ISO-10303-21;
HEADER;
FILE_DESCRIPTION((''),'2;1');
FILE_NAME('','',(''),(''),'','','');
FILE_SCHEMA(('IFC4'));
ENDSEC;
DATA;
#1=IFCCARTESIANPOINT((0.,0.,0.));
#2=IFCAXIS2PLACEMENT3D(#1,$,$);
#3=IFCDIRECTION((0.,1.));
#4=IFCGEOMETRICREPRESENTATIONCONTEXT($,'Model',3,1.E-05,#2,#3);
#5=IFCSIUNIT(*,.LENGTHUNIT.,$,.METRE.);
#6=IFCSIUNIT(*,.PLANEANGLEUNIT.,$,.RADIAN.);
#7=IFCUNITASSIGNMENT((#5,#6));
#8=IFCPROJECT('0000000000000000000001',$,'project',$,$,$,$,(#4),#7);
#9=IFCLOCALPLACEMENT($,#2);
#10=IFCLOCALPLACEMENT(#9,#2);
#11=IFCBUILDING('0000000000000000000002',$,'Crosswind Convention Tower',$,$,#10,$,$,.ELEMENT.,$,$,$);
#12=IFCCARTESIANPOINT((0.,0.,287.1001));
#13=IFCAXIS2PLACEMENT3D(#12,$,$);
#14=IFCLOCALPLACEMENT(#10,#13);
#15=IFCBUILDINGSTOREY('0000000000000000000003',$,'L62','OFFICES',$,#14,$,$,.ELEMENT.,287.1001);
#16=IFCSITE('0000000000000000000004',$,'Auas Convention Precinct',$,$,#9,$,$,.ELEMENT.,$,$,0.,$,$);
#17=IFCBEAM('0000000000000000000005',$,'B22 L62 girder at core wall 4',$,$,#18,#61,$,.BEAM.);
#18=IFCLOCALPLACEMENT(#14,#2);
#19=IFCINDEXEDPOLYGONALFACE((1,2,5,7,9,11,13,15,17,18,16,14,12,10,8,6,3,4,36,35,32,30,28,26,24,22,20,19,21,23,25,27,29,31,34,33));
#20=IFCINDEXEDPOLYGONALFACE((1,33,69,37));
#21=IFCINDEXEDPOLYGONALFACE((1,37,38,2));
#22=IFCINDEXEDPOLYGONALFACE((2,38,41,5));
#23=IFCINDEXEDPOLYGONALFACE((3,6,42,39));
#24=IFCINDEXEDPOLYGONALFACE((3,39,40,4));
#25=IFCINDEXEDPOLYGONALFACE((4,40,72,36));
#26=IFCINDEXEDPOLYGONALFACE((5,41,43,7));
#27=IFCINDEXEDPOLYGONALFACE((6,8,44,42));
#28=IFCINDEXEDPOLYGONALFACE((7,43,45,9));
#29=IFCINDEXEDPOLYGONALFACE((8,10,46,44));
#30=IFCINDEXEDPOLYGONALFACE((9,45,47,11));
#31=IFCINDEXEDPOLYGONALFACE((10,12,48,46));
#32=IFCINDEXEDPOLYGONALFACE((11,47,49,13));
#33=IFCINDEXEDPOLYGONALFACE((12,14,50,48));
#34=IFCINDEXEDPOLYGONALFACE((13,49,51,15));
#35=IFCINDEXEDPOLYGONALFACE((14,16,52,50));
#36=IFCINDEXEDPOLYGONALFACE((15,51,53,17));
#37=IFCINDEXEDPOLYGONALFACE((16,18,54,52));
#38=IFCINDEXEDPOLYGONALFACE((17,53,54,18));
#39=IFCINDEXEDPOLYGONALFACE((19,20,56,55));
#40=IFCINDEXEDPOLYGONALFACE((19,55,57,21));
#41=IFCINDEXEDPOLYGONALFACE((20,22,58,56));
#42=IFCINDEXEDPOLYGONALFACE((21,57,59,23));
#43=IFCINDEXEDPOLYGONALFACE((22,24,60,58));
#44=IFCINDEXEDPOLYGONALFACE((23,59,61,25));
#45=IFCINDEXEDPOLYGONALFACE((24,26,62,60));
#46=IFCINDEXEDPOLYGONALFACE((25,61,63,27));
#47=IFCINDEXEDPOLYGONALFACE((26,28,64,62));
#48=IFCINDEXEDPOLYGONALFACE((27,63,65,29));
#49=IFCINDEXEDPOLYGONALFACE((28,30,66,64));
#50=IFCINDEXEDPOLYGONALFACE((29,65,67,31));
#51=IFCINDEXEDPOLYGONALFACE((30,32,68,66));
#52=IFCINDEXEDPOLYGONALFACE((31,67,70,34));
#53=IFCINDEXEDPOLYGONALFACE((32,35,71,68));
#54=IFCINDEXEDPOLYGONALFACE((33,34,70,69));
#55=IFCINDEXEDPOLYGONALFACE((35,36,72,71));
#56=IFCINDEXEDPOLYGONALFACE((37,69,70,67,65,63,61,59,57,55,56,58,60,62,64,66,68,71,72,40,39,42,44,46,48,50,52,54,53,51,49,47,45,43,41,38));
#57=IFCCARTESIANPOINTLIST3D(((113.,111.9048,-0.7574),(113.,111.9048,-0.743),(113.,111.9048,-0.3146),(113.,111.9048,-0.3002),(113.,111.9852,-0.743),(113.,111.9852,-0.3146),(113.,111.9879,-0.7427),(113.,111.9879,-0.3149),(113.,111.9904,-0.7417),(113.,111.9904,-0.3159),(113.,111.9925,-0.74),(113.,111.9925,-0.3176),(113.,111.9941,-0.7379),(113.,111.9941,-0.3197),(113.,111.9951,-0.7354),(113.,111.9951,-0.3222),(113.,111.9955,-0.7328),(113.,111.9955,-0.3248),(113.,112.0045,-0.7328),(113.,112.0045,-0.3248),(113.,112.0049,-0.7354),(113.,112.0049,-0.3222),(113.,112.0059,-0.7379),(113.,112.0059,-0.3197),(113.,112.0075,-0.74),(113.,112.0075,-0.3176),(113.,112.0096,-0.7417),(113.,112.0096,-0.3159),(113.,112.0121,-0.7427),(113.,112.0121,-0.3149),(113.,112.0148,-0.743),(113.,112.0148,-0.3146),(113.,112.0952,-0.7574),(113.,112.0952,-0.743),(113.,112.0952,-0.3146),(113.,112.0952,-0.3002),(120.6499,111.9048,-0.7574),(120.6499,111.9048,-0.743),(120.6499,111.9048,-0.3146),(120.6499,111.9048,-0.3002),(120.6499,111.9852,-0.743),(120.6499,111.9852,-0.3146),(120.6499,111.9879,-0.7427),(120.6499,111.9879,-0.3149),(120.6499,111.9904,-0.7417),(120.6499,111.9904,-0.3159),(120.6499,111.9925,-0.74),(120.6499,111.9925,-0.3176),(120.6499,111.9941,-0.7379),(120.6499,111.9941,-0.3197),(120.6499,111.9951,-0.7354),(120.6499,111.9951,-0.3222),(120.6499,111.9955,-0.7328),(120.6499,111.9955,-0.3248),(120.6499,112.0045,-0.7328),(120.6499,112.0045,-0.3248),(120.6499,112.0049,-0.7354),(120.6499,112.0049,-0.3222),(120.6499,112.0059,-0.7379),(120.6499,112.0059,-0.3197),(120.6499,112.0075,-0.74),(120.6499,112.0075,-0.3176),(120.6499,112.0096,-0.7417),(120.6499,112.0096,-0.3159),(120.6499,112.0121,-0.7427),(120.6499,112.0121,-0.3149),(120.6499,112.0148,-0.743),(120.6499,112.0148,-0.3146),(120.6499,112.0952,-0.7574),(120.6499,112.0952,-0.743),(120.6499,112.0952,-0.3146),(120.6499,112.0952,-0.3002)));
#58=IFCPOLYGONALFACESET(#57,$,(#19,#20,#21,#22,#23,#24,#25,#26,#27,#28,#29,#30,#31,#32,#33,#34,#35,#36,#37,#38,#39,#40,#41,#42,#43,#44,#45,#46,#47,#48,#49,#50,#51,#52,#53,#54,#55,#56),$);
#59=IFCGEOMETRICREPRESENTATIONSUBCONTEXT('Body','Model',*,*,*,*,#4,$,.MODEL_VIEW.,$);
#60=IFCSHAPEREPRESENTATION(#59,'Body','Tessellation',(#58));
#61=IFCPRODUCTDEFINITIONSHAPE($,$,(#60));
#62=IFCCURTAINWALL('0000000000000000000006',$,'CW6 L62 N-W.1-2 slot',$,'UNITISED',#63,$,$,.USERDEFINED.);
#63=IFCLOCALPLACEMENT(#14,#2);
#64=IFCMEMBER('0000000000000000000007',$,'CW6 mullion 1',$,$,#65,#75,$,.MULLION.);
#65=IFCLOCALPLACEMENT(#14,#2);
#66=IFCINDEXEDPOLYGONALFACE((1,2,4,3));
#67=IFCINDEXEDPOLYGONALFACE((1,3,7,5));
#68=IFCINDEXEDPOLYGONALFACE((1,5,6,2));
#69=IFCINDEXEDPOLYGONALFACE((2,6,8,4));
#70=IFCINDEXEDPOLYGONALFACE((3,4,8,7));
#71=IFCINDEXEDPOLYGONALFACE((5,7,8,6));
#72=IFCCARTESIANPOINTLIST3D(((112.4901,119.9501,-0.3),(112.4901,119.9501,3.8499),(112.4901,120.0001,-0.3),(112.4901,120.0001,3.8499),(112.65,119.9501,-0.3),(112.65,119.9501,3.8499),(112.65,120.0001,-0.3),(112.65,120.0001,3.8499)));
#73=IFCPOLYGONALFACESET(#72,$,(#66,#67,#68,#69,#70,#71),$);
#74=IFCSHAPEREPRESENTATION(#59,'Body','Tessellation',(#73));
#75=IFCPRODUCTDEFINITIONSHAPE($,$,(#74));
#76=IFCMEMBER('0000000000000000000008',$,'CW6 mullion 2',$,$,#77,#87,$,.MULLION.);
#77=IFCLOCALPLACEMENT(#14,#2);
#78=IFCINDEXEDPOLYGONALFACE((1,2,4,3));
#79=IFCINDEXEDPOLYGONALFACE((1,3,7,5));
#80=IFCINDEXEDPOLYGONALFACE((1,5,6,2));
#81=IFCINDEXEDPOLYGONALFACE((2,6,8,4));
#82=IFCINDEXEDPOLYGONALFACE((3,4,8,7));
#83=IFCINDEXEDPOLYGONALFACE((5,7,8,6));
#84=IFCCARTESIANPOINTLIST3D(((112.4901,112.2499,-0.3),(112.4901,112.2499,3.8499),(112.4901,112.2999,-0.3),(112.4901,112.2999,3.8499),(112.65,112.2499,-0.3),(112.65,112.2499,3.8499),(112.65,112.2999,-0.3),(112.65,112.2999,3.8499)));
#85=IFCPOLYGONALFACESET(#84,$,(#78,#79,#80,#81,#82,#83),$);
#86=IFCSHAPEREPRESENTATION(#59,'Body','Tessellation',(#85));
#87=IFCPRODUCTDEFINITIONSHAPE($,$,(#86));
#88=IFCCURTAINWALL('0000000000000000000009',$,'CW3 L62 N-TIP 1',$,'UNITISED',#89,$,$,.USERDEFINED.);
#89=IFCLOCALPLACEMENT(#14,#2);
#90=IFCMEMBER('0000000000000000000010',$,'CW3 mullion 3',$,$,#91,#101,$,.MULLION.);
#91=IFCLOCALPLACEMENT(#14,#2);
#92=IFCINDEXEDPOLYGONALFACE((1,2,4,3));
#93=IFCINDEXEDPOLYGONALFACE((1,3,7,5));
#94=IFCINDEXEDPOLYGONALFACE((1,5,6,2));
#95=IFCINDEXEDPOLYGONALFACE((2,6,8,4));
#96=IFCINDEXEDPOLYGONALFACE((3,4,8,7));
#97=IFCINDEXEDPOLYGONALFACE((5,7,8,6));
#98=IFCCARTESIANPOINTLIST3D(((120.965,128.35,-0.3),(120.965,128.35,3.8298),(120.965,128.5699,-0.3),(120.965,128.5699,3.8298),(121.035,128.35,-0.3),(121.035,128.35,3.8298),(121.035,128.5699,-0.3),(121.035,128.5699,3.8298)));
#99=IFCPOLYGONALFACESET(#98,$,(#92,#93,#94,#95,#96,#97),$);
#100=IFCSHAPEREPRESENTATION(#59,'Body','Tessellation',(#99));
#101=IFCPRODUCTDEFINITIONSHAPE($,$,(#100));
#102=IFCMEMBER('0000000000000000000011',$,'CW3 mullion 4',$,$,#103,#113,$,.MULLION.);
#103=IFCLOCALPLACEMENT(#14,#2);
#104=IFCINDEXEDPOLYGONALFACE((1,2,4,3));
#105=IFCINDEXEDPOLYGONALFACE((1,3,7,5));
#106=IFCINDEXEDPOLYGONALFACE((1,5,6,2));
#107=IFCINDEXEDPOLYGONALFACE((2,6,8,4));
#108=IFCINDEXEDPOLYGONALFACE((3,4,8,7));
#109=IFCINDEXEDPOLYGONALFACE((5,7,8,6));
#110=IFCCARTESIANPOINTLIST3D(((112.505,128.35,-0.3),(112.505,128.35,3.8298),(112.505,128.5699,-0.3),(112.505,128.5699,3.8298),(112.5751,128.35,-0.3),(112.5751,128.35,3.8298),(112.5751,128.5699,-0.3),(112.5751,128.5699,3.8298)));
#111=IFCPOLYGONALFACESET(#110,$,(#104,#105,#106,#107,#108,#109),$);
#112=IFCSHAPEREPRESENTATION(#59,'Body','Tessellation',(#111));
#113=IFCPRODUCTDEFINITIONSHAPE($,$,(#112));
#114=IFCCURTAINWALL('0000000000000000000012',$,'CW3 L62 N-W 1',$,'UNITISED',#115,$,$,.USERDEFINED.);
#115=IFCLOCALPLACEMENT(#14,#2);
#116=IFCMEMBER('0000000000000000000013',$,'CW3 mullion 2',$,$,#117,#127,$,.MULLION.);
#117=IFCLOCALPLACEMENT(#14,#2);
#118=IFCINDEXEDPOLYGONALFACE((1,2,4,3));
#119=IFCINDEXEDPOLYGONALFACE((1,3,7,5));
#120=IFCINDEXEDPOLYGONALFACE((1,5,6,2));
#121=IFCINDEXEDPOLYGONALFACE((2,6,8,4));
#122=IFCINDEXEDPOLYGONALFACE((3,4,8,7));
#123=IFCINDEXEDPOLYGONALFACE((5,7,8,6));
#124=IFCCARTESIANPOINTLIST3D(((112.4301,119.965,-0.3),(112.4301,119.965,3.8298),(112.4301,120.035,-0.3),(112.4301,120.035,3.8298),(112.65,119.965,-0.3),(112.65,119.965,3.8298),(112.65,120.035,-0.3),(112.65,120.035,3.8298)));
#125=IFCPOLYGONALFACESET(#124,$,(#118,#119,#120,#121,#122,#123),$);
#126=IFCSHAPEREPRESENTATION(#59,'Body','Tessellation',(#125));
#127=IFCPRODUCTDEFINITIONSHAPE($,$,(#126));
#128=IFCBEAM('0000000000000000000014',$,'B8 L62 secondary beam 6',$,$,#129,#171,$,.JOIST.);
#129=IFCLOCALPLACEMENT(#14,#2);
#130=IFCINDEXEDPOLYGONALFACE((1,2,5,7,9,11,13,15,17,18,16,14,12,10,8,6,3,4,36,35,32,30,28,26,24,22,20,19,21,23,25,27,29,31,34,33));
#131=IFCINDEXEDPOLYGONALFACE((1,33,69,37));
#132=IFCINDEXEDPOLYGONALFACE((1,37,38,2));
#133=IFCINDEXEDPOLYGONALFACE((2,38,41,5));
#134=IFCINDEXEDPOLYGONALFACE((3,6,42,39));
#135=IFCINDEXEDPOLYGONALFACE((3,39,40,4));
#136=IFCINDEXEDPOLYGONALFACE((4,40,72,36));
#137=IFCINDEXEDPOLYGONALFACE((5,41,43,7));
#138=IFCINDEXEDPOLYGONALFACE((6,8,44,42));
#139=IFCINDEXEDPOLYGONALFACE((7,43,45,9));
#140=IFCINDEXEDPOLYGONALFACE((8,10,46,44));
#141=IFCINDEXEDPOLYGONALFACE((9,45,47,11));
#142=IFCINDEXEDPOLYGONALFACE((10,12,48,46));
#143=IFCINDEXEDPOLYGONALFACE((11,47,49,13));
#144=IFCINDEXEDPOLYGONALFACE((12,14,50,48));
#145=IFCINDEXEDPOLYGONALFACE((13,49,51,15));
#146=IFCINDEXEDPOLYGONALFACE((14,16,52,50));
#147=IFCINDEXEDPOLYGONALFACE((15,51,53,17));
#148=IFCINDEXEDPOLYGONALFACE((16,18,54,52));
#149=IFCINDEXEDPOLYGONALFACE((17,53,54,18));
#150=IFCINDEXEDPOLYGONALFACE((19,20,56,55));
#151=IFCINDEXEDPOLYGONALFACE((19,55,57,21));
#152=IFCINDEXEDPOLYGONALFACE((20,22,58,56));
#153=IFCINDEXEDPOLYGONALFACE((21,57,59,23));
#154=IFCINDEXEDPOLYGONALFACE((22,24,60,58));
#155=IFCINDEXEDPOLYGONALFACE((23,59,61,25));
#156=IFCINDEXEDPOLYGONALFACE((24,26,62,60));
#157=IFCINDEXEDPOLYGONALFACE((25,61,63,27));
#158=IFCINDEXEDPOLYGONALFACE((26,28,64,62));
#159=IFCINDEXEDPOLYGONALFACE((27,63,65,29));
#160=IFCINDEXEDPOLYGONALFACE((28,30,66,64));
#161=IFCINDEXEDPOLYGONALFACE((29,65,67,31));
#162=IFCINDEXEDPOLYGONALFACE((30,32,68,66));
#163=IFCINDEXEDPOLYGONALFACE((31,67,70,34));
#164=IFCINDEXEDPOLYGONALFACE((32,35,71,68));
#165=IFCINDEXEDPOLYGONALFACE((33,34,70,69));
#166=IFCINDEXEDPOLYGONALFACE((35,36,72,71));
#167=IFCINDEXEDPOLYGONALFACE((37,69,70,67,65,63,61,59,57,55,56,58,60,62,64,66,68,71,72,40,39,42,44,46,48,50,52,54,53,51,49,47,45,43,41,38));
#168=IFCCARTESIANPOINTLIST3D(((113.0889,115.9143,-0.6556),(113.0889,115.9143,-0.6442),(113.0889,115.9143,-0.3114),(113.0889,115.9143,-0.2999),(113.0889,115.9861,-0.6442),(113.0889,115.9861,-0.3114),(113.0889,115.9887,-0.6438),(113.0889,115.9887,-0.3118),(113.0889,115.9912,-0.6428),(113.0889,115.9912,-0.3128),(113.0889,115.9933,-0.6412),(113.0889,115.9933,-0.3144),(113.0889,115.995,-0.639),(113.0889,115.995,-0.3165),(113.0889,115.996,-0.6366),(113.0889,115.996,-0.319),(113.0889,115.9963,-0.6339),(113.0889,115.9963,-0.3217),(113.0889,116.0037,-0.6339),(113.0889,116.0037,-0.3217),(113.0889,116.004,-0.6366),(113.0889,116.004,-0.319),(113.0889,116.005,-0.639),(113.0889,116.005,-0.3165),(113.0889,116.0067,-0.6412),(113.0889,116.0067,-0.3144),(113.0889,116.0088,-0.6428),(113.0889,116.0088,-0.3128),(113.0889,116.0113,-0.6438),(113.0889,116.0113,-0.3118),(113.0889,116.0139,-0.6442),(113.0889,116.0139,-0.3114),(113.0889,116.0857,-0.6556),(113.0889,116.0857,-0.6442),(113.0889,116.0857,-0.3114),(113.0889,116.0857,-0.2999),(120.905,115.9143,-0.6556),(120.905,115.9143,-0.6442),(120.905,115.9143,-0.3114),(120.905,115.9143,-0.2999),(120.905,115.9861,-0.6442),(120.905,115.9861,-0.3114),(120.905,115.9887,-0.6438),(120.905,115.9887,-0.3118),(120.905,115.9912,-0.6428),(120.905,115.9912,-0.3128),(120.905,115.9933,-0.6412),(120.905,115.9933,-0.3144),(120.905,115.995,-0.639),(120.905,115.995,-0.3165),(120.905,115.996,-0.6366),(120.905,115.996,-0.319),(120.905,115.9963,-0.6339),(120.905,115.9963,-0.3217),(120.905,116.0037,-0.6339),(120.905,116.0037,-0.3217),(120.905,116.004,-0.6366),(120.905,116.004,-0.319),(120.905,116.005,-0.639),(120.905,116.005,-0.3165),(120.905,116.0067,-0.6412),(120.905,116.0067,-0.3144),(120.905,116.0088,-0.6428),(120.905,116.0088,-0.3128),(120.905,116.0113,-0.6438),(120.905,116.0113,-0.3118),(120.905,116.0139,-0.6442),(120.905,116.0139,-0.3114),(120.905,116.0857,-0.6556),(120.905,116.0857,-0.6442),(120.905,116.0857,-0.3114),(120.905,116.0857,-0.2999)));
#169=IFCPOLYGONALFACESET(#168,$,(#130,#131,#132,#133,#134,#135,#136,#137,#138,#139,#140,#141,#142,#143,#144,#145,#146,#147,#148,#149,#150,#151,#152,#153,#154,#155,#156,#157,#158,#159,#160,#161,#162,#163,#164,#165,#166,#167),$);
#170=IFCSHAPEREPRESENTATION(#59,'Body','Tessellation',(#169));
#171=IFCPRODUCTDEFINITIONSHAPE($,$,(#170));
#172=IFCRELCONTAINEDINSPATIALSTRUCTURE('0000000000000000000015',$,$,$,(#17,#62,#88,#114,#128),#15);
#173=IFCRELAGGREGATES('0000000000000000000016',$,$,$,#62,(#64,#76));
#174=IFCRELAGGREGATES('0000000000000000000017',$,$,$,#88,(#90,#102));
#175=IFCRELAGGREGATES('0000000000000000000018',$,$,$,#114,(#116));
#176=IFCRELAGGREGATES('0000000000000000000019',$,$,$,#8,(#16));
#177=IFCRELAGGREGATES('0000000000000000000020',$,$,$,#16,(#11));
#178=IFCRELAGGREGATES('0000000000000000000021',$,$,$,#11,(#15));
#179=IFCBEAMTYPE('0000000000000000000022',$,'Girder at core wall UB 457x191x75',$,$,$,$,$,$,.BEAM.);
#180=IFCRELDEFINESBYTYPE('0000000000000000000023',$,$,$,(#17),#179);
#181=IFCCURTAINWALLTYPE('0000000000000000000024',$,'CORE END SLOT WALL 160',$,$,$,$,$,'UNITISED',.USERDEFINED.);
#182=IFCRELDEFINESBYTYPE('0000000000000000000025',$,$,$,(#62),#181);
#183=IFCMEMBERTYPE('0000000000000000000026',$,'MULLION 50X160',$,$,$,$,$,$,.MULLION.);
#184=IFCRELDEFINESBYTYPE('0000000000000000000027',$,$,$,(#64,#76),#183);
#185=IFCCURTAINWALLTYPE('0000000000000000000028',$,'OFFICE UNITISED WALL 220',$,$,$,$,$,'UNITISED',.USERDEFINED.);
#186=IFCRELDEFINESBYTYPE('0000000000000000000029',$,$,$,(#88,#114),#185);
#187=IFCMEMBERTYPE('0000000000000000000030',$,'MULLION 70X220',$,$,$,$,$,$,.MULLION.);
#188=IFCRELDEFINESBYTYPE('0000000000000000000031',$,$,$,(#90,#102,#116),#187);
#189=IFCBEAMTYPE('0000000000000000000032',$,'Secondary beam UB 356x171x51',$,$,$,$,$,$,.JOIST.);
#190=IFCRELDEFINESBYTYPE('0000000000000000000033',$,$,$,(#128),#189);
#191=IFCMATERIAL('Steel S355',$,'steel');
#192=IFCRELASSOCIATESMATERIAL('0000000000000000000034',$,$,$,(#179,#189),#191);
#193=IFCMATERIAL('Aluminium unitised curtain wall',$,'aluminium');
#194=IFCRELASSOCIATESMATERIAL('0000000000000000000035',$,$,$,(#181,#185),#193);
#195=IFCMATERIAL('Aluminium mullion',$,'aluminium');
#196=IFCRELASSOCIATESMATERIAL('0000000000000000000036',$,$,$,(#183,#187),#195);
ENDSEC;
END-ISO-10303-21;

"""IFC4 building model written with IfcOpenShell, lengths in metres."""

from ifc_helpers import new_model, si_unit, direction, frame, origin, origin_2d, place, context, subcontext, project, spatial, rectangle, i_section, extrude, material, material_profile, profile_set, type_object, element, aggregate, save


model = new_model("IFC4")

# Units and contexts
model_context = context("Model", 3, precision=1e-05, world=origin(), true_north=direction((0.0, 1.0)))
body_context = subcontext(model_context, "Body", "Model", "MODEL_VIEW")
ifc_project = project(units=[si_unit("LENGTHUNIT", "METRE"), si_unit("PLANEANGLEUNIT", "RADIAN")], contexts=[model_context])

# Site, building, storey
site_placement = place(None, origin())
site = spatial("IfcSite", under=ifc_project, at=site_placement, Name="Auas Convention Precinct", CompositionType="ELEMENT", RefElevation=0.0)
building_placement = place(site_placement, origin())
building = spatial("IfcBuilding", under=site, at=building_placement, Name="Crosswind Convention Tower", CompositionType="ELEMENT")
storey_placement = place(building_placement, frame((0.0, 0.0, 287.1001)))
storey = spatial("IfcBuildingStorey", under=building, at=storey_placement, Name="L62", Description="OFFICES", CompositionType="ELEMENT", Elevation=287.1001)

# Beam
ifc_material_1 = material(Name="Steel S355", Category="steel")
ifc_material_profile_1 = material_profile(ifc_material_1, i_section(OverallWidth=0.1904, OverallDepth=0.4573, WebThickness=0.009, FlangeThickness=0.0144, FilletRadius=0.0103, at=origin_2d()), Name="UB 457x191x75")
ifc_profile_set_1 = profile_set([ifc_material_profile_1], Name="Steel S355")
beam_type_1 = type_object("IfcBeamType", Name="Girder at core wall UB 457x191x75", PredefinedType="BEAM", material=ifc_profile_set_1)
beam_1_placement = place(storey_placement, frame((113.0, 112.0, -0.5288), z_axis=(1.0, 0.0, 0.0), x_axis=(0.0, 1.0, 0.0)))
element("IfcBeam", 1, at=beam_1_placement, inside=storey, type_object=beam_type_1, Name="B22 L62 girder at core wall 4", PredefinedType="BEAM", context=body_context, shape_type="SweptSolid", body=[
    extrude(i_section(OverallWidth=0.1904, OverallDepth=0.4573, WebThickness=0.009, FlangeThickness=0.0144, FilletRadius=0.0103, at=origin_2d()), origin(), (0.0, 0.0, 1.0), 7.6499),
])

# Curtain walls, members
ifc_material_2 = material(Name="Aluminium unitised curtain wall", Category="aluminium")
curtain_wall_type_1 = type_object("IfcCurtainWallType", Name="CORE END SLOT WALL 160", ElementType="UNITISED", PredefinedType="USERDEFINED", material=ifc_material_2)
curtain_wall_1_placement = place(storey_placement, origin())
curtain_wall_1 = element("IfcCurtainWall", 2, at=curtain_wall_1_placement, inside=storey, type_object=curtain_wall_type_1, Name="CW6 L62 N-W.1-2 slot", ObjectType="UNITISED", PredefinedType="USERDEFINED")
ifc_material_3 = material(Name="Aluminium mullion", Category="aluminium")
ifc_material_profile_2 = material_profile(ifc_material_3, rectangle(XDim=0.1599, YDim=0.05, at=origin_2d()), Name="AL 160X50")
ifc_profile_set_2 = profile_set([ifc_material_profile_2], Name="Aluminium mullion")
member_type_1 = type_object("IfcMemberType", Name="MULLION 50X160", PredefinedType="MULLION", material=ifc_profile_set_2)
member_1_placement = place(storey_placement, frame((112.5701, 119.9751, -0.3), z_axis=(0.0, 0.0, 1.0), x_axis=(-1.0, 0.0, 0.0)))
member_1 = element("IfcMember", 3, at=member_1_placement, type_object=member_type_1, Name="CW6 mullion 1", PredefinedType="MULLION", context=body_context, shape_type="SweptSolid", body=[
    extrude(rectangle(XDim=0.1599, YDim=0.05, at=origin_2d()), origin(), (0.0, 0.0, 1.0), 4.1499),
])
member_2_placement = place(storey_placement, frame((112.5701, 112.2749, -0.3), z_axis=(0.0, 0.0, 1.0), x_axis=(-1.0, 0.0, 0.0)))
member_2 = element("IfcMember", 4, at=member_2_placement, type_object=member_type_1, Name="CW6 mullion 2", PredefinedType="MULLION", context=body_context, shape_type="SweptSolid", body=[
    extrude(rectangle(XDim=0.1599, YDim=0.05, at=origin_2d()), origin(), (0.0, 0.0, 1.0), 4.1499),
])
curtain_wall_type_2 = type_object("IfcCurtainWallType", Name="OFFICE UNITISED WALL 220", ElementType="UNITISED", PredefinedType="USERDEFINED", material=ifc_material_2)
curtain_wall_2_placement = place(storey_placement, origin())
curtain_wall_2 = element("IfcCurtainWall", 5, at=curtain_wall_2_placement, inside=storey, type_object=curtain_wall_type_2, Name="CW3 L62 N-TIP 1", ObjectType="UNITISED", PredefinedType="USERDEFINED")
ifc_material_profile_3 = material_profile(ifc_material_3, rectangle(XDim=0.22, YDim=0.0701, at=origin_2d()), Name="AL 220X70")
ifc_profile_set_3 = profile_set([ifc_material_profile_3], Name="Aluminium mullion")
member_type_2 = type_object("IfcMemberType", Name="MULLION 70X220", PredefinedType="MULLION", material=ifc_profile_set_3)
member_3_placement = place(storey_placement, frame((121.0, 128.46, -0.3), z_axis=(0.0, 0.0, 1.0), x_axis=(0.0, 1.0, 0.0)))
member_3 = element("IfcMember", 6, at=member_3_placement, type_object=member_type_2, Name="CW3 mullion 3", PredefinedType="MULLION", context=body_context, shape_type="SweptSolid", body=[
    extrude(rectangle(XDim=0.22, YDim=0.0701, at=origin_2d()), origin(), (0.0, 0.0, 1.0), 4.1299),
])
member_4_placement = place(storey_placement, frame((112.54, 128.46, -0.3), z_axis=(0.0, 0.0, 1.0), x_axis=(0.0, 1.0, 0.0)))
member_4 = element("IfcMember", 7, at=member_4_placement, type_object=member_type_2, Name="CW3 mullion 4", PredefinedType="MULLION", context=body_context, shape_type="SweptSolid", body=[
    extrude(rectangle(XDim=0.22, YDim=0.0701, at=origin_2d()), origin(), (0.0, 0.0, 1.0), 4.1299),
])

# Curtain wall, member
curtain_wall_3_placement = place(storey_placement, origin())
curtain_wall_3 = element("IfcCurtainWall", 8, at=curtain_wall_3_placement, inside=storey, type_object=curtain_wall_type_2, Name="CW3 L62 N-W 1", ObjectType="UNITISED", PredefinedType="USERDEFINED")
member_5_placement = place(storey_placement, frame((112.54, 120.0, -0.3), z_axis=(0.0, 0.0, 1.0), x_axis=(-1.0, 0.0, 0.0)))
member_5 = element("IfcMember", 9, at=member_5_placement, type_object=member_type_2, Name="CW3 mullion 2", PredefinedType="MULLION", context=body_context, shape_type="SweptSolid", body=[
    extrude(rectangle(XDim=0.22, YDim=0.0701, at=origin_2d()), origin(), (0.0, 0.0, 1.0), 4.1299),
])

# Beam
ifc_material_profile_4 = material_profile(ifc_material_1, i_section(OverallWidth=0.1714, OverallDepth=0.3557, WebThickness=0.0073, FlangeThickness=0.0115, FilletRadius=0.0103, at=origin_2d()), Name="UB 356x171x51")
ifc_profile_set_4 = profile_set([ifc_material_profile_4], Name="Steel S355")
beam_type_2 = type_object("IfcBeamType", Name="Secondary beam UB 356x171x51", PredefinedType="JOIST", material=ifc_profile_set_4)
for number, where, z_axis, x_axis, name in (
    (10, (113.0889, 116.0, -0.4778), (1.0, 0.0, 0.0), (0.0, 1.0, 0.0), "B8 L62 secondary beam 6"),
):
    element("IfcBeam", number, at=place(storey_placement, frame(where, z_axis=z_axis, x_axis=x_axis)), inside=storey, type_object=beam_type_2, Name=name, PredefinedType="JOIST", context=body_context, shape_type="SweptSolid", body=[
        extrude(i_section(OverallWidth=0.1714, OverallDepth=0.3557, WebThickness=0.0073, FlangeThickness=0.0115, FilletRadius=0.0103, at=origin_2d()), origin(), (0.0, 0.0, 1.0), 7.8162),
    ])

aggregate(curtain_wall_1, [member_1, member_2])
aggregate(curtain_wall_2, [member_3, member_4])

aggregate(curtain_wall_3, [member_5])

save(model, "model.ifc")
